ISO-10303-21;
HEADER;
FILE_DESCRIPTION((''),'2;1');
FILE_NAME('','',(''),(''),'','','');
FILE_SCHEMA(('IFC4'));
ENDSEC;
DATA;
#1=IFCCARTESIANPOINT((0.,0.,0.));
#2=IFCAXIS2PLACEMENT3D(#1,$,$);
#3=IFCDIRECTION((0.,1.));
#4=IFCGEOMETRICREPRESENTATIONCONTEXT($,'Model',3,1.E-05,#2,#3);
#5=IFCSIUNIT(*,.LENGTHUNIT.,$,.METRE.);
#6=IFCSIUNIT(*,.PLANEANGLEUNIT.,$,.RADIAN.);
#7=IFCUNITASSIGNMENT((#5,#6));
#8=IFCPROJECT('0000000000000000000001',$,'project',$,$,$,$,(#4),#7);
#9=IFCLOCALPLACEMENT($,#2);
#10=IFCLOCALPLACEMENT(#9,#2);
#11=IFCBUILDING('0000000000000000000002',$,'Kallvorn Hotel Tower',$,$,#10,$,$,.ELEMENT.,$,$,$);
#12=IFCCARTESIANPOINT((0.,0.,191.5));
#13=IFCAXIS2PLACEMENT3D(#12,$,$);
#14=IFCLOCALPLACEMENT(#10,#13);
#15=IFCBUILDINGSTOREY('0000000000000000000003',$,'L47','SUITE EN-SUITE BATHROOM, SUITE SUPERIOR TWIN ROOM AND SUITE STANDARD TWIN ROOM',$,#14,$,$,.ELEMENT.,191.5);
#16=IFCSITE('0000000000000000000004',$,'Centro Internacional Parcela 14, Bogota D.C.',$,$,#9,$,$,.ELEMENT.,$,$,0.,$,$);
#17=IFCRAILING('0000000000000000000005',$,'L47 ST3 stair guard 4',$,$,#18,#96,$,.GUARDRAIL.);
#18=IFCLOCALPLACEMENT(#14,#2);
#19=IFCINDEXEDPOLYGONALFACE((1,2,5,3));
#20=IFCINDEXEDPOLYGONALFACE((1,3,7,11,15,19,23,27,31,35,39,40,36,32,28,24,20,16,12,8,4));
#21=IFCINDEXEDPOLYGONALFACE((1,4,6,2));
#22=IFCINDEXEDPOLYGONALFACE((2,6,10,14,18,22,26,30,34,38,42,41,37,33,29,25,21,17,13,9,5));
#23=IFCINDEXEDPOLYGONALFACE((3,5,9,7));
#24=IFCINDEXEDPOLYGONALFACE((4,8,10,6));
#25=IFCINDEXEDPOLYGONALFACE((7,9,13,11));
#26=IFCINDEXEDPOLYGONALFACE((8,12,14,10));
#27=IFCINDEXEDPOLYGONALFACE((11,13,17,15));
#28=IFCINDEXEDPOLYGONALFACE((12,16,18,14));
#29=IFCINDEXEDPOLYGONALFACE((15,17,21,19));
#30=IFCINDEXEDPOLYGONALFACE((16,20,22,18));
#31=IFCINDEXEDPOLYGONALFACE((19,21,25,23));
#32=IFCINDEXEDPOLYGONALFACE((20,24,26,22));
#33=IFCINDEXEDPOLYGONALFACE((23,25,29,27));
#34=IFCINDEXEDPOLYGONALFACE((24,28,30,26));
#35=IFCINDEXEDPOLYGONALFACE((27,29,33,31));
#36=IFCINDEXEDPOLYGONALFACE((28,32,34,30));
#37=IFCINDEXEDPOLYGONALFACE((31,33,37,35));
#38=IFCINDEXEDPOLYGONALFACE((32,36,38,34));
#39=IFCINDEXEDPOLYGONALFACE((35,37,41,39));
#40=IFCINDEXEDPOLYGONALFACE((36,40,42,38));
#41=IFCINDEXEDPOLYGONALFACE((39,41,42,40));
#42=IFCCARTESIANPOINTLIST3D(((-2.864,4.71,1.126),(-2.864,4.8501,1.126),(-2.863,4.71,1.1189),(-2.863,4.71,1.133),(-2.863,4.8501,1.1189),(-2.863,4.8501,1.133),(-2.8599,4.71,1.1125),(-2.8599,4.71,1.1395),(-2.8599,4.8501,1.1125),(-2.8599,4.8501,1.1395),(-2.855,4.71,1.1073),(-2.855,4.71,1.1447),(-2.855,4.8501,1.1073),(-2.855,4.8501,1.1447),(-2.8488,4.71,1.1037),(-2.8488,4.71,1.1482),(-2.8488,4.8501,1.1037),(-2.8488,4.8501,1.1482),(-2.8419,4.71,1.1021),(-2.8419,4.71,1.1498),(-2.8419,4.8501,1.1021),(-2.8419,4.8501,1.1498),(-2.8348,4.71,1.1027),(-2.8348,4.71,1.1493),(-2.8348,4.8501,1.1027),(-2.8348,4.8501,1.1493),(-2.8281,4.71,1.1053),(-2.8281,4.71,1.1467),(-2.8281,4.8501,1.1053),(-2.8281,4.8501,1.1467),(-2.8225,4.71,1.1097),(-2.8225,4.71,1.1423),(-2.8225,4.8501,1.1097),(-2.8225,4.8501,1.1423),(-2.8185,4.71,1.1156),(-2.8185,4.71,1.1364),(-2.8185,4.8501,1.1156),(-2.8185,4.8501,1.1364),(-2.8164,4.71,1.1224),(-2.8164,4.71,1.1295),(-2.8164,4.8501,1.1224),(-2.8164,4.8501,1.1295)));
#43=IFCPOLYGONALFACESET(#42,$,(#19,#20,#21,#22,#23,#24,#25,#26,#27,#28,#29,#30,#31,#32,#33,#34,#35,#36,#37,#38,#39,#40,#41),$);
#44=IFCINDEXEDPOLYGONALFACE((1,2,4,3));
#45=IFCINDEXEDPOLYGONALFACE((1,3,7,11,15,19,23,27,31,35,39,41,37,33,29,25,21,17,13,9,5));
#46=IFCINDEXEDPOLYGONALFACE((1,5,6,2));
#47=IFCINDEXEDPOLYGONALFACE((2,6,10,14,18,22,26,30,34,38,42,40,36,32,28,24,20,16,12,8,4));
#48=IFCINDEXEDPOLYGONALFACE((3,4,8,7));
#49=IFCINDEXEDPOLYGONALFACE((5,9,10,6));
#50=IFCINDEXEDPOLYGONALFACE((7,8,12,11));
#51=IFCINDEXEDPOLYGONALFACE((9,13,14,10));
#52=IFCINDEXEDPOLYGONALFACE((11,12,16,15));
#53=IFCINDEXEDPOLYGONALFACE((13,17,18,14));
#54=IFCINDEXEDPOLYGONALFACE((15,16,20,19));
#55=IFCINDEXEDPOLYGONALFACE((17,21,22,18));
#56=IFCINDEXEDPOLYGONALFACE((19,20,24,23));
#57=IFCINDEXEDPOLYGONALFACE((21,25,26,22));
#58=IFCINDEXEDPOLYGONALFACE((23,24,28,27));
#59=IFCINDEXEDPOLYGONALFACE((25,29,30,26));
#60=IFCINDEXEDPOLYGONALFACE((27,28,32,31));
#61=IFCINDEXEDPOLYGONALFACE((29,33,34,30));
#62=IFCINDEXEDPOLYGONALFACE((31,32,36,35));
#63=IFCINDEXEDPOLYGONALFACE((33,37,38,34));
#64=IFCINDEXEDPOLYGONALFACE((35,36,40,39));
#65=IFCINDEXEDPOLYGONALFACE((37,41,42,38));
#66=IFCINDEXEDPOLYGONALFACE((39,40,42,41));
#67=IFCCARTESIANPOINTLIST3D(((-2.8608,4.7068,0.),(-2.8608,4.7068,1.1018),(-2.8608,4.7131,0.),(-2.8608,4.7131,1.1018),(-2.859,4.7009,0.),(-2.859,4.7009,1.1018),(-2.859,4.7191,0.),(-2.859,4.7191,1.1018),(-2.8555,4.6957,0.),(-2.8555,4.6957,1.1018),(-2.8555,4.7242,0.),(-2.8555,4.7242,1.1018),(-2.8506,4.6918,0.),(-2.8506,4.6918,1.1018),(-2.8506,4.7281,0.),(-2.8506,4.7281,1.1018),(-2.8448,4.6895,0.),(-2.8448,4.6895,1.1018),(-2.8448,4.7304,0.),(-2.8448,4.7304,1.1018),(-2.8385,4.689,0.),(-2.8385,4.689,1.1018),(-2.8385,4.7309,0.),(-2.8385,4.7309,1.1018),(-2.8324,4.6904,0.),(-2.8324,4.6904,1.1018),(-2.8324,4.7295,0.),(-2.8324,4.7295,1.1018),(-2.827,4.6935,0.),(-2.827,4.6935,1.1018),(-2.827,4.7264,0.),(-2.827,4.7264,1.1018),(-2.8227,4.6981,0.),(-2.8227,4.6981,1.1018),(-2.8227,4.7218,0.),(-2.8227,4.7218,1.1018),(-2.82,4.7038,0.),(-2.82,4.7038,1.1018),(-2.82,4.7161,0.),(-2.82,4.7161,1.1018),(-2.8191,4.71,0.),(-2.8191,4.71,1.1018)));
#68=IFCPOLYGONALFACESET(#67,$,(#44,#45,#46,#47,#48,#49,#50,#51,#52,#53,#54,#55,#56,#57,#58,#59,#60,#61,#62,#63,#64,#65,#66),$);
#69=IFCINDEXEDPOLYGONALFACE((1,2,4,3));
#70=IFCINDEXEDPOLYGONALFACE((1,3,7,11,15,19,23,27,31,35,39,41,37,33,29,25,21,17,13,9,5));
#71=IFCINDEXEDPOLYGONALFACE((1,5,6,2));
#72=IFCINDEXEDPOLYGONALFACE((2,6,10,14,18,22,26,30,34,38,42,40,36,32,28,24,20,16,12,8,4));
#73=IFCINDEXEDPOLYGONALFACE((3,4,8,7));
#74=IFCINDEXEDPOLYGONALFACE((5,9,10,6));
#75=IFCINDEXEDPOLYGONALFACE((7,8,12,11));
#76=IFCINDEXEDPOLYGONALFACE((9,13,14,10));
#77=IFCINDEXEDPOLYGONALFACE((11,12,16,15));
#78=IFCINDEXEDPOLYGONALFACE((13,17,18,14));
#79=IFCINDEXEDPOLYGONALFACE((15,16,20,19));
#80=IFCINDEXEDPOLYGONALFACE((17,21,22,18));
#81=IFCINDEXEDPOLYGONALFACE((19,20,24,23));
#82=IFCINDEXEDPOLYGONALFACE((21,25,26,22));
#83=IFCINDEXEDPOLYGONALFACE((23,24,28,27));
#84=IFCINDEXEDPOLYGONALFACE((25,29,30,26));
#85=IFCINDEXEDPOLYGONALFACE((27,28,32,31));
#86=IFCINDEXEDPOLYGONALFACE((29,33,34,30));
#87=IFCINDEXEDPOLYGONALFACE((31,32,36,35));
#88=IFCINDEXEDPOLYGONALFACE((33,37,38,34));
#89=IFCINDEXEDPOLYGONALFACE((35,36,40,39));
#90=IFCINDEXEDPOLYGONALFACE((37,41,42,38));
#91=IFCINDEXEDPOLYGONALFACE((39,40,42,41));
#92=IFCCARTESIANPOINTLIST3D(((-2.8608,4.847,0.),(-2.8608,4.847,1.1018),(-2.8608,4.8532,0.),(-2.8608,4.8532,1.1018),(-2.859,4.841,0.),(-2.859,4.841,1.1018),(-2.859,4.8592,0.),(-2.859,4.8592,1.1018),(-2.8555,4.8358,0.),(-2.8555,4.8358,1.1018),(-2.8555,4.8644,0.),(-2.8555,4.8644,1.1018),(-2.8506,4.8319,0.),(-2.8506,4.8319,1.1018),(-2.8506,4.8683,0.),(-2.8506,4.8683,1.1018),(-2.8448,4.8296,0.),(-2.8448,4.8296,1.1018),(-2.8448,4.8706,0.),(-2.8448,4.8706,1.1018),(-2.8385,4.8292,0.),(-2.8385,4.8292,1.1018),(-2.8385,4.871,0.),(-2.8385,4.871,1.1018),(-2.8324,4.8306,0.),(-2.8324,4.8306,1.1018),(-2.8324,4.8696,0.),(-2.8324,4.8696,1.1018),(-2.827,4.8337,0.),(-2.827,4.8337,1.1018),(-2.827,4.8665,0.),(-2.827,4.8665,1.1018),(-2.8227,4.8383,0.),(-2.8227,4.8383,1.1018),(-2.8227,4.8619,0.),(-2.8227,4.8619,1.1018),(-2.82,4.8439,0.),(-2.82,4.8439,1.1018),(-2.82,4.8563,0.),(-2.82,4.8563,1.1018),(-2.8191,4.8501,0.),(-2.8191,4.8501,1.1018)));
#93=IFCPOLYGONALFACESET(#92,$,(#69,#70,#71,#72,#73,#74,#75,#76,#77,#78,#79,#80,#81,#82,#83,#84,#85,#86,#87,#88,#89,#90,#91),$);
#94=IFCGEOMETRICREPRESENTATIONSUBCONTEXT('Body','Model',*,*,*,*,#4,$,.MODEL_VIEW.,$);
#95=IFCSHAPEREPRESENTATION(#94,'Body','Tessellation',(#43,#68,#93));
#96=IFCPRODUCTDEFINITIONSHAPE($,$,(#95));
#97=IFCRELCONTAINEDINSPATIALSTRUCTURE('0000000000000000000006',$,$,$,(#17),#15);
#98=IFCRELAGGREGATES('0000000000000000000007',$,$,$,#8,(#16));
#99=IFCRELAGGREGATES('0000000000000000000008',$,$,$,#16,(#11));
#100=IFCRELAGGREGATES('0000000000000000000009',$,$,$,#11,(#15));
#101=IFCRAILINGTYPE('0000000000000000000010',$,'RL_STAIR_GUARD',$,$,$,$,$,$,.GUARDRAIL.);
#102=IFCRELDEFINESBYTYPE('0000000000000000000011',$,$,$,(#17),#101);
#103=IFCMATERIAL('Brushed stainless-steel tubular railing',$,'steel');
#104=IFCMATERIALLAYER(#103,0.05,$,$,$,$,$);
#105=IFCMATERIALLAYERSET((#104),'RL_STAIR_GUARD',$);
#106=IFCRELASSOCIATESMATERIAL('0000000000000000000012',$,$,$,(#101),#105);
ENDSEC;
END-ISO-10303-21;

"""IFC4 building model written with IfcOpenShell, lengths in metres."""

from ifc_helpers import new_model, si_unit, direction, frame, origin, origin_2d, place, context, subcontext, project, spatial, circle, extrude, material, layer, layer_set, type_object, element, save


model = new_model("IFC4")

# Units and contexts
model_context = context("Model", 3, precision=1e-05, world=origin(), true_north=direction((0.0, 1.0)))
body_context = subcontext(model_context, "Body", "Model", "MODEL_VIEW")
ifc_project = project(units=[si_unit("LENGTHUNIT", "METRE"), si_unit("PLANEANGLEUNIT", "RADIAN")], contexts=[model_context])

# Site, building, storey
site_placement = place(None, origin())
site = spatial("IfcSite", under=ifc_project, at=site_placement, Name="Centro Internacional Parcela 14, Bogota D.C.", CompositionType="ELEMENT", RefElevation=0.0)
building_placement = place(site_placement, origin())
building = spatial("IfcBuilding", under=site, at=building_placement, Name="Kallvorn Hotel Tower", CompositionType="ELEMENT")
storey_placement = place(building_placement, frame((0.0, 0.0, 191.5)))
storey = spatial("IfcBuildingStorey", under=building, at=storey_placement, Name="L47", Description="SUITE EN-SUITE BATHROOM, SUITE SUPERIOR TWIN ROOM AND SUITE STANDARD TWIN ROOM", CompositionType="ELEMENT", Elevation=191.5)

# Railing
ifc_material_1 = material(Name="Brushed stainless-steel tubular railing", Category="steel")
ifc_layer_1 = layer(ifc_material_1, 0.05)
ifc_layer_set_1 = layer_set([ifc_layer_1], Name="RL_STAIR_GUARD")
railing_type_1 = type_object("IfcRailingType", Name="RL_STAIR_GUARD", PredefinedType="GUARDRAIL", material=ifc_layer_set_1)
railing_1_placement = place(storey_placement, frame((-2.8401, 4.71, 0.0)))
element("IfcRailing", 1, at=railing_1_placement, inside=storey, type_object=railing_type_1, Name="L47 ST3 stair guard 4", PredefinedType="GUARDRAIL", context=body_context, shape_type="SweptSolid", body=[
    extrude(circle(Radius=0.0239, at=origin_2d()), frame((0.0, 0.0, 1.126), z_axis=(0.0, 1.0, 0.0), x_axis=(-1.0, 0.0, 0.0)), (0.0, 0.0, 1.0), 0.1401),
    extrude(circle(Radius=0.021, at=origin_2d()), origin(), (0.0, 0.0, 1.0), 1.1018),
    extrude(circle(Radius=0.021, at=origin_2d()), frame((0.0, 0.1401, 0.0)), (0.0, 0.0, 1.0), 1.1018),
])

save(model, "model.ifc")
